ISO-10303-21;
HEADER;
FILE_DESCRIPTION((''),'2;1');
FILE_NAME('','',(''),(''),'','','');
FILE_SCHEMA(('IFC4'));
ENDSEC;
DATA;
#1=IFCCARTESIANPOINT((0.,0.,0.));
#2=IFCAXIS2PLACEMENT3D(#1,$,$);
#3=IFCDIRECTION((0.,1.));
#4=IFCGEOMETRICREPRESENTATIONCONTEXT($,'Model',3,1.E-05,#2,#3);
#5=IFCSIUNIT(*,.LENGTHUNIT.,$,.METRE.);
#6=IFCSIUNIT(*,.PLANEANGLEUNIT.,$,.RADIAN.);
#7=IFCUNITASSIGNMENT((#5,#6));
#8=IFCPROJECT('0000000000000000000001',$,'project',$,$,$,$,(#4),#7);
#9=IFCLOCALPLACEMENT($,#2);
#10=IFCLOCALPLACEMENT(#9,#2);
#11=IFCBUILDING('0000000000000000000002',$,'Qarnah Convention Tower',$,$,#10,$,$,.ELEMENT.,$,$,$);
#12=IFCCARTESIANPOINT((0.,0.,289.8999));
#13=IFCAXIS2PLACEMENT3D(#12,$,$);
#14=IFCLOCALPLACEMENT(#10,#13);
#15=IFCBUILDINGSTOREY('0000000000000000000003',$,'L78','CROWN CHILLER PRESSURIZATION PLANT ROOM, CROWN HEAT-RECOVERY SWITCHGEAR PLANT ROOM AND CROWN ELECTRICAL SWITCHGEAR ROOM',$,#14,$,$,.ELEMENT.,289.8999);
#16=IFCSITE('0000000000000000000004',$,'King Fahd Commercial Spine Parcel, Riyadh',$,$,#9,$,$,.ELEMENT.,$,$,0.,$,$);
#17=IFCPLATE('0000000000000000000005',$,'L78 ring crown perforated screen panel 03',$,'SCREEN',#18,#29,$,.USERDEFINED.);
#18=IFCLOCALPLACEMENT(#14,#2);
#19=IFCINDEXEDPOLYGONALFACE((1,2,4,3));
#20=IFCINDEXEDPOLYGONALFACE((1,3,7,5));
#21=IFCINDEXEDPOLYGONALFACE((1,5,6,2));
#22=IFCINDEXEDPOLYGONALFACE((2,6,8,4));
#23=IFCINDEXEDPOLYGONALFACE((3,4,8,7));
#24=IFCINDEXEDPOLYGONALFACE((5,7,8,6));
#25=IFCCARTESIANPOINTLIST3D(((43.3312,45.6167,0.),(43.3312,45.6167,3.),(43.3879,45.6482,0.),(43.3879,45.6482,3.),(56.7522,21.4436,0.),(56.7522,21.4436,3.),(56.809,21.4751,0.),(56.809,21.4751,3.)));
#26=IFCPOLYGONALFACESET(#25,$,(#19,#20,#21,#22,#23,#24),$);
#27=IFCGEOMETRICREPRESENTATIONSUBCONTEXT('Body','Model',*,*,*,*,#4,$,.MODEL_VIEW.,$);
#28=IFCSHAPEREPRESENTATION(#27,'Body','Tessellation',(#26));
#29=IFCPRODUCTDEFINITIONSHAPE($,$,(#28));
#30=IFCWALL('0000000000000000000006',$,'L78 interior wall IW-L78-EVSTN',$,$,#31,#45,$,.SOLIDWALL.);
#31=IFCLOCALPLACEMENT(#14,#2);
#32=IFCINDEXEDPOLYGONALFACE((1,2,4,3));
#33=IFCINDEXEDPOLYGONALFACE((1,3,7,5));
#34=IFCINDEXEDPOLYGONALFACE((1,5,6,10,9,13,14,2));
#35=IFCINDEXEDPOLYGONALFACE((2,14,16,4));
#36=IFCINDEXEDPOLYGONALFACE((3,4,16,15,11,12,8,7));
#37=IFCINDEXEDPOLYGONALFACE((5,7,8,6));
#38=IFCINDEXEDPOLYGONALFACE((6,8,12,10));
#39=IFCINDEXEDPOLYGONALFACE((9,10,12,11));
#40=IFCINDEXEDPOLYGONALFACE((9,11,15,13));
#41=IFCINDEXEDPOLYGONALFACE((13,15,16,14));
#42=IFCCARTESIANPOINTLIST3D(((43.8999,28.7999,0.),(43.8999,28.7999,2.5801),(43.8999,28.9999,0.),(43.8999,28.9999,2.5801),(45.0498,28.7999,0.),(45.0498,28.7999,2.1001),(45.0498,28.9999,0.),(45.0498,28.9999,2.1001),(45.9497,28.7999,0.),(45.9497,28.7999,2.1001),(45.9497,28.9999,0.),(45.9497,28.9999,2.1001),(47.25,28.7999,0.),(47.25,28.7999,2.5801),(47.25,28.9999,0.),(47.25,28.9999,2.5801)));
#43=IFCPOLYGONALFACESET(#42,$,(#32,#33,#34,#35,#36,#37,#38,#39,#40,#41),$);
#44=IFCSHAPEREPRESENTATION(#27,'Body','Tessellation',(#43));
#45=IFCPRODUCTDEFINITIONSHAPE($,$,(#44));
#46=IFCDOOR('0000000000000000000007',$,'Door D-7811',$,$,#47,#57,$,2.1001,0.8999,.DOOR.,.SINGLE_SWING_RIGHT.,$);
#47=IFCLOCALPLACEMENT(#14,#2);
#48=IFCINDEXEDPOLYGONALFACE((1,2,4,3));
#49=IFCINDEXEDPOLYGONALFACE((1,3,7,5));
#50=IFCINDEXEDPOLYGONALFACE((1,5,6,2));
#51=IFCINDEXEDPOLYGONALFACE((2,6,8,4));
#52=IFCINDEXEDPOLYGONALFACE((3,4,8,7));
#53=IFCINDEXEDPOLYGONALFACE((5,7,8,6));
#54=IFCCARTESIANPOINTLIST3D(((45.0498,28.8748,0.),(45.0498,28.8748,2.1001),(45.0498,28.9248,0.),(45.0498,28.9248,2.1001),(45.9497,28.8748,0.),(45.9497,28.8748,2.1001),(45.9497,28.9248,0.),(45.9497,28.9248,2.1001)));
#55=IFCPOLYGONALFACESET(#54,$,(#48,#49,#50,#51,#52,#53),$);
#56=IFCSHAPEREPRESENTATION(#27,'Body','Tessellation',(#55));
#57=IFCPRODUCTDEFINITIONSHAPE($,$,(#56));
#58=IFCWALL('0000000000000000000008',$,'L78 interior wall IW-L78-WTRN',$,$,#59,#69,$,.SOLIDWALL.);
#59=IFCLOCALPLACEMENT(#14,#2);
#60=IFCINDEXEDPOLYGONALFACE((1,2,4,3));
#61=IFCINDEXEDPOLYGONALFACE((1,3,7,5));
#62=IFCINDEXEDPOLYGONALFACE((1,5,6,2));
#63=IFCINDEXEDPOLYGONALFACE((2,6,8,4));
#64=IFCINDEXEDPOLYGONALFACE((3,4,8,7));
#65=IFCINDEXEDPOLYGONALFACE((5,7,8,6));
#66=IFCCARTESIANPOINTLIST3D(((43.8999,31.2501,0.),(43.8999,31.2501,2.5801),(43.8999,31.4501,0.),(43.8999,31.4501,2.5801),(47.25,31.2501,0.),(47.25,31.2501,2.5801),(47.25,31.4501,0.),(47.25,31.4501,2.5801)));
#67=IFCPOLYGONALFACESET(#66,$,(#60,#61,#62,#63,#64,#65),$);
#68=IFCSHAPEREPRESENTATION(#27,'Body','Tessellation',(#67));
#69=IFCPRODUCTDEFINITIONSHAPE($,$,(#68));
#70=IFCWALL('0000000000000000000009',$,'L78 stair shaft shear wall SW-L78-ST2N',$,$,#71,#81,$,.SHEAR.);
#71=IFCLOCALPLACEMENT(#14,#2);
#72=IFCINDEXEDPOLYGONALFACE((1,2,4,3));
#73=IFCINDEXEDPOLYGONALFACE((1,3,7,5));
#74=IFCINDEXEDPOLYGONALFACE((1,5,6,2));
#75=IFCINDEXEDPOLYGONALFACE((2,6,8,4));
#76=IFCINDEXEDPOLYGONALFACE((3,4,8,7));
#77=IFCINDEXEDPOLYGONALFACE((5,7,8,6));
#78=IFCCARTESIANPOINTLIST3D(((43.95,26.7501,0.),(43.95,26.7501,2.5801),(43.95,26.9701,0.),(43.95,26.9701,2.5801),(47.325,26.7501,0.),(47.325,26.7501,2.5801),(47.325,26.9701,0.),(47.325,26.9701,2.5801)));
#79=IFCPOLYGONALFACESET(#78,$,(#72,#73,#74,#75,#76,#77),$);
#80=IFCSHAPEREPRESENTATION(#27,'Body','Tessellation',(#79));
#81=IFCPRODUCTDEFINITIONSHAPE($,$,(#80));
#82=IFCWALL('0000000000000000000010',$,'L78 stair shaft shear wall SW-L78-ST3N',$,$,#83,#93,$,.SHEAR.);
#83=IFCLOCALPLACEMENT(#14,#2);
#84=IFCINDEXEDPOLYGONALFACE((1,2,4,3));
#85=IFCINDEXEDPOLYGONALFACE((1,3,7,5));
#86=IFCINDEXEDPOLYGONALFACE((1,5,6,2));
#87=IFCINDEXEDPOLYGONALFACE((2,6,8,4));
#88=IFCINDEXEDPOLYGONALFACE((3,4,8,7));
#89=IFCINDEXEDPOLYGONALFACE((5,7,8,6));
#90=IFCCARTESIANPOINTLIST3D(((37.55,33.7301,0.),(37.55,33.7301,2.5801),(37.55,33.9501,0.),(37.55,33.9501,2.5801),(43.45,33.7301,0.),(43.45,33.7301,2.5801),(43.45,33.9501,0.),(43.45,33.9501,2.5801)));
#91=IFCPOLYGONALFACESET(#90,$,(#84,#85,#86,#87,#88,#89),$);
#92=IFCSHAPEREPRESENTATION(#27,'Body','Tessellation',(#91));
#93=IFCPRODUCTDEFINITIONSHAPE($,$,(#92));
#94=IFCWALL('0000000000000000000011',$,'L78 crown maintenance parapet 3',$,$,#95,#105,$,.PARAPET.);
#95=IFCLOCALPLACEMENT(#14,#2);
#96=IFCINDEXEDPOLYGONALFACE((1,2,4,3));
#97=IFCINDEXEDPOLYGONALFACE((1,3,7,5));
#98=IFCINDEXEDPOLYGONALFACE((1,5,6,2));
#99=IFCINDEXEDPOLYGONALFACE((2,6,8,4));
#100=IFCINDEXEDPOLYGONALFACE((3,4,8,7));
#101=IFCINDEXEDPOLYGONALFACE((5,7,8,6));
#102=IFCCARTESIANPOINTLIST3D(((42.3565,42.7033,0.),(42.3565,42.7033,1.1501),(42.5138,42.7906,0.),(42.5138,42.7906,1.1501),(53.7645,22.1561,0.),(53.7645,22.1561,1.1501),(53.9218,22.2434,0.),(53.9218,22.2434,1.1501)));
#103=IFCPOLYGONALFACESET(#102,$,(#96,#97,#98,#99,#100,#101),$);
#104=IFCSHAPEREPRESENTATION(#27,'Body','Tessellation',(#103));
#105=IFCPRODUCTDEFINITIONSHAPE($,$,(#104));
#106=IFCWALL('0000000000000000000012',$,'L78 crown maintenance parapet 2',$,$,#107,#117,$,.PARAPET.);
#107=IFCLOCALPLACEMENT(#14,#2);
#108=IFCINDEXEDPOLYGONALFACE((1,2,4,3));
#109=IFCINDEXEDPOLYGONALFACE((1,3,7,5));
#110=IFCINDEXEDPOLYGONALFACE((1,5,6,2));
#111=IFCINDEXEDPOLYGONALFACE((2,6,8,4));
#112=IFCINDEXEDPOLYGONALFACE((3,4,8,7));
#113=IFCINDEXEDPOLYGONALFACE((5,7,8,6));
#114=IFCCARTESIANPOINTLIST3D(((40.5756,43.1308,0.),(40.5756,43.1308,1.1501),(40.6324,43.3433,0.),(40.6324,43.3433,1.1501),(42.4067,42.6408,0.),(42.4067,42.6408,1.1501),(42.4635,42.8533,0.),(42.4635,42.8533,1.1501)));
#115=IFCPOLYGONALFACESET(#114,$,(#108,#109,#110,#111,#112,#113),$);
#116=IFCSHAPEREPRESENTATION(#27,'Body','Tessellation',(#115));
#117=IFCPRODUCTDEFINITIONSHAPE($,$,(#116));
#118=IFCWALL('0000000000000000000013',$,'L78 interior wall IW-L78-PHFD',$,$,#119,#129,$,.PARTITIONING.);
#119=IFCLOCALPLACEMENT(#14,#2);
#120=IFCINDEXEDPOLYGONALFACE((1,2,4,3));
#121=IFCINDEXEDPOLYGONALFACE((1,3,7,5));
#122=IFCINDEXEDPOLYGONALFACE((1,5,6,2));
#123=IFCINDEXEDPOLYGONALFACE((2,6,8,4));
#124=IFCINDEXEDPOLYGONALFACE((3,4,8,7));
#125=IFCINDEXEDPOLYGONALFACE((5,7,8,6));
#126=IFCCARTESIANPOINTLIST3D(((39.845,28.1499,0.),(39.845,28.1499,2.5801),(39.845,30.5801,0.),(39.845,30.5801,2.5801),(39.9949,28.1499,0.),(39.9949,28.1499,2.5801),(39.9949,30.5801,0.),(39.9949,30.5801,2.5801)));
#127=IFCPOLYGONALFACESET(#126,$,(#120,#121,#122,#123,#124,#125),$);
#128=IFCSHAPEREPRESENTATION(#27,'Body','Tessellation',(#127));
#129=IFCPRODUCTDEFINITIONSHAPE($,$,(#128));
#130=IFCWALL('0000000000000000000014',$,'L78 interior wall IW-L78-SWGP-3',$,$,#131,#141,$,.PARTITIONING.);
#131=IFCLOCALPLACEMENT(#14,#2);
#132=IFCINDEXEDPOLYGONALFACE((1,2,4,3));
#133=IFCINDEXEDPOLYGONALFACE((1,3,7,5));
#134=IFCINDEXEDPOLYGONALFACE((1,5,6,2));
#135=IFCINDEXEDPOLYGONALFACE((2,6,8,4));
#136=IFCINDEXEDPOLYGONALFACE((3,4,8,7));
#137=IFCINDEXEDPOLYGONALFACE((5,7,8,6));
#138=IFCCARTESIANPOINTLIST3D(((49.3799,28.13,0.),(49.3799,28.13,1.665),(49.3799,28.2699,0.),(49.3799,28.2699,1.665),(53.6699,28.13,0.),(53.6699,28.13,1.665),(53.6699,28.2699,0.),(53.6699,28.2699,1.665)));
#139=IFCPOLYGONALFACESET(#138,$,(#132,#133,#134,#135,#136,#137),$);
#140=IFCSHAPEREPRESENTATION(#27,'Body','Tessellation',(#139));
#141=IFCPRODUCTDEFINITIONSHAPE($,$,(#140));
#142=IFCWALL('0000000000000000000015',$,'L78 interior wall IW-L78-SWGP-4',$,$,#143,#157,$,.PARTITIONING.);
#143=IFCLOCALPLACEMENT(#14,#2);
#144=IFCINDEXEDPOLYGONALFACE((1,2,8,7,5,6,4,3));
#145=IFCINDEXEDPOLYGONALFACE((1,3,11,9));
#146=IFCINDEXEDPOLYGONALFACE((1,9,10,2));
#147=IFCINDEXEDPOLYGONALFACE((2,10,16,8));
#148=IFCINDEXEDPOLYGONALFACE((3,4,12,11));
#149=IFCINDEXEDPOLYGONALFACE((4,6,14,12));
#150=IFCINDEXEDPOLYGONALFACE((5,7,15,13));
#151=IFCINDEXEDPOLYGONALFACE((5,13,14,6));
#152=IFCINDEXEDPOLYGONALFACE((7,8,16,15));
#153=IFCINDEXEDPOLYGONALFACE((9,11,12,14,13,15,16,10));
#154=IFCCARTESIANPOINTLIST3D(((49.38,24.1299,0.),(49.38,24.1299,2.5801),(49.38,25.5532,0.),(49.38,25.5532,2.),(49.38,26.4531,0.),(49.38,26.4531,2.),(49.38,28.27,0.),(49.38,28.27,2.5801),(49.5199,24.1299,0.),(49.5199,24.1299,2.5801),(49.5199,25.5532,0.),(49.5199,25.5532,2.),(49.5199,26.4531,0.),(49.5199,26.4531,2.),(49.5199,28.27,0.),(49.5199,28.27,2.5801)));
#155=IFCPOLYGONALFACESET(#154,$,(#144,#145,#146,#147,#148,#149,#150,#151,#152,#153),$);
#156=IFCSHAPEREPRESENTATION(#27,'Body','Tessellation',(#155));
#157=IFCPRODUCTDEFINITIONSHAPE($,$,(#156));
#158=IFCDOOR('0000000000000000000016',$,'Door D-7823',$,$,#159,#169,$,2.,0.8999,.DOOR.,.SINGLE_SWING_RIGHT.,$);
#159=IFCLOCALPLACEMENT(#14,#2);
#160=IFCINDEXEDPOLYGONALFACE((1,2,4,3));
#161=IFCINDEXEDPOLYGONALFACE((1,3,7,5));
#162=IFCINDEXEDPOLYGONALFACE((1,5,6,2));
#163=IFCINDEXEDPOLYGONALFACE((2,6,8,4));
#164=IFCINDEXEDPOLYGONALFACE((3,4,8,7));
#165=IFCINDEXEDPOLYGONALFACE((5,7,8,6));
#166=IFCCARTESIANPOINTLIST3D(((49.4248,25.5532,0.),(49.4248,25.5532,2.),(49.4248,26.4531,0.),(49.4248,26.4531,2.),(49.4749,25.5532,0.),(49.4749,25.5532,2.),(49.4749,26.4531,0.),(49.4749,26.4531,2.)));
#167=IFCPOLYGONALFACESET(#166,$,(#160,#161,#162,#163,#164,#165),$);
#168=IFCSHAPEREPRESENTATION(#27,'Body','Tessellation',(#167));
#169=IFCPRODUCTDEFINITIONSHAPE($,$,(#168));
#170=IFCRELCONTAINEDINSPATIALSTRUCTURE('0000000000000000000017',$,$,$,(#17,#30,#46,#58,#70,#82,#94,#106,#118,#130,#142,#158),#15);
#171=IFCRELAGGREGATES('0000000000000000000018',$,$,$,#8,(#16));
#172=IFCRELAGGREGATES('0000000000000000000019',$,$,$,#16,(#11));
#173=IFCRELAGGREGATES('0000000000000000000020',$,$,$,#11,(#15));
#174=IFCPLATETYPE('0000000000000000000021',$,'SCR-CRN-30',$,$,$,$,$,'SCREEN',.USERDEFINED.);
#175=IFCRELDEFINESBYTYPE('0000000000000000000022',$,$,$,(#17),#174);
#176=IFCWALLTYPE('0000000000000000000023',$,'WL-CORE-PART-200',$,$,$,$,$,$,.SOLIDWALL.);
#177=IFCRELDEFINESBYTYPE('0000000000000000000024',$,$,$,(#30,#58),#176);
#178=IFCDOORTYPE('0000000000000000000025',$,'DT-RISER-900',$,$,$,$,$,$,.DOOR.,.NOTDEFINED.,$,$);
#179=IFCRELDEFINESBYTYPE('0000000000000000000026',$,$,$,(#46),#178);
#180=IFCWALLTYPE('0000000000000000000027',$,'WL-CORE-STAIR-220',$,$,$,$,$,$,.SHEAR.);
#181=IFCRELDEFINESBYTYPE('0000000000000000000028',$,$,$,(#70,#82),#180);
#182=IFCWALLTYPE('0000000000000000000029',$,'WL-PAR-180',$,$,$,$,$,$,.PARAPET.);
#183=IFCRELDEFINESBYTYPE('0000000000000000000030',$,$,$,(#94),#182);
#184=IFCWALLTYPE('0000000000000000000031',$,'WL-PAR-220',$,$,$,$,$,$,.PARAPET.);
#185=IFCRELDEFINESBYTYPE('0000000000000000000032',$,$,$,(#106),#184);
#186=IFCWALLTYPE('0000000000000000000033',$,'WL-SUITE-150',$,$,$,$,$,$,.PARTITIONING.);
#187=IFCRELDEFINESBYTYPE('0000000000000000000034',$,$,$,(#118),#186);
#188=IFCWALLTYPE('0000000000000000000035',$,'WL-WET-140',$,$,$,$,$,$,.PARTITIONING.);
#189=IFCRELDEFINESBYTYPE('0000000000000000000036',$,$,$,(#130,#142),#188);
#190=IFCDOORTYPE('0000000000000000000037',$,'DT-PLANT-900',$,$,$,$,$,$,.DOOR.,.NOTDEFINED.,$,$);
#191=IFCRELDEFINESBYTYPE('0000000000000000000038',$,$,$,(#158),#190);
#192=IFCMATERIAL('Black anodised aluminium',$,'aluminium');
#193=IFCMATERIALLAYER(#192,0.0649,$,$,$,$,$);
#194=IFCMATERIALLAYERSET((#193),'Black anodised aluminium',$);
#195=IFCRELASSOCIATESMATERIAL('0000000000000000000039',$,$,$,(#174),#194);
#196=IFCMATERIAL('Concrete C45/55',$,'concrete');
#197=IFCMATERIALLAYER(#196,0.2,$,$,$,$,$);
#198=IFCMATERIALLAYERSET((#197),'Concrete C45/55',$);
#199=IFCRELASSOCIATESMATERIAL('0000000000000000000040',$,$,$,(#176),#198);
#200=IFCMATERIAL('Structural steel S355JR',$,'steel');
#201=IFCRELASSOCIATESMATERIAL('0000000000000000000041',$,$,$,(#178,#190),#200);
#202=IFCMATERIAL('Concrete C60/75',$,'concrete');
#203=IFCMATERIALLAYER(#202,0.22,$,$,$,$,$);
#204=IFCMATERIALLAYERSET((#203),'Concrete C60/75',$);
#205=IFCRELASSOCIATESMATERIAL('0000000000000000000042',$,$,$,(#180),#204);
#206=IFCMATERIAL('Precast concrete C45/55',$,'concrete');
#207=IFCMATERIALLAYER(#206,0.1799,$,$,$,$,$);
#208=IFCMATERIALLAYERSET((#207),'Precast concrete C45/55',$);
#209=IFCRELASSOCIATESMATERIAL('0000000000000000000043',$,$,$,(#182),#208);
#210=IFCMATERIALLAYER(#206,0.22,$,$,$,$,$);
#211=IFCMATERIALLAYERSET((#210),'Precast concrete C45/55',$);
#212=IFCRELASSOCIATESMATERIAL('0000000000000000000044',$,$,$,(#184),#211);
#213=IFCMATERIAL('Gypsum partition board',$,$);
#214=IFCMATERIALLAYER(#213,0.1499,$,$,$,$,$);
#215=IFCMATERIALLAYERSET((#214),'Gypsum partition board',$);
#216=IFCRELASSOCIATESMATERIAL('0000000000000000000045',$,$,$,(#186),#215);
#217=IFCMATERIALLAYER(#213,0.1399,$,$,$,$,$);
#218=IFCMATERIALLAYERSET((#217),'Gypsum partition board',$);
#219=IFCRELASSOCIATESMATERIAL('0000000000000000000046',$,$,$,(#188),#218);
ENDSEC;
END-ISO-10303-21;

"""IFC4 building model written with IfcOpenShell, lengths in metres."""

from ifc_helpers import new_model, si_unit, direction, frame, frame_2d, origin, origin_2d, place, context, subcontext, project, spatial, rectangle, extrude, material, layer, layer_set, type_object, element, fill, save


model = new_model("IFC4")

# Units and contexts
model_context = context("Model", 3, precision=1e-05, world=origin(), true_north=direction((0.0, 1.0)))
body_context = subcontext(model_context, "Body", "Model", "MODEL_VIEW")
ifc_project = project(units=[si_unit("LENGTHUNIT", "METRE"), si_unit("PLANEANGLEUNIT", "RADIAN")], contexts=[model_context])

# Site, building, storey
site_placement = place(None, origin())
site = spatial("IfcSite", under=ifc_project, at=site_placement, Name="King Fahd Commercial Spine Parcel, Riyadh", CompositionType="ELEMENT", RefElevation=0.0)
building_placement = place(site_placement, origin())
building = spatial("IfcBuilding", under=site, at=building_placement, Name="Qarnah Convention Tower", CompositionType="ELEMENT")
storey_placement = place(building_placement, frame((0.0, 0.0, 289.8999)))
storey = spatial("IfcBuildingStorey", under=building, at=storey_placement, Name="L78", Description="CROWN CHILLER PRESSURIZATION PLANT ROOM, CROWN HEAT-RECOVERY SWITCHGEAR PLANT ROOM AND CROWN ELECTRICAL SWITCHGEAR ROOM", CompositionType="ELEMENT", Elevation=289.8999)

# Shared definitions
ifc_material_1 = material(Name="Structural steel S355JR", Category="steel")

# Plate
ifc_material_2 = material(Name="Black anodised aluminium", Category="aluminium")
ifc_layer_1 = layer(ifc_material_2, 0.0649)
ifc_layer_set_1 = layer_set([ifc_layer_1], Name="Black anodised aluminium")
plate_type_1 = type_object("IfcPlateType", Name="SCR-CRN-30", ElementType="SCREEN", PredefinedType="USERDEFINED", material=ifc_layer_set_1)
plate_1_placement = place(storey_placement, frame((50.0701, 33.5459, 0.0), z_axis=(0.0, 0.0, 1.0), x_axis=(0.485409, -0.874287, 0.0)))
element("IfcPlate", 1, at=plate_1_placement, inside=storey, type_object=plate_type_1, Name="L78 ring crown perforated screen panel 03", ObjectType="SCREEN", PredefinedType="USERDEFINED", context=body_context, shape_type="SweptSolid", body=[
    extrude(rectangle(XDim=27.6489, YDim=0.0649, at=origin_2d()), origin(), (0.0, 0.0, 1.0), 3.0),
])

# Wall, opening, door
ifc_material_3 = material(Name="Concrete C45/55", Category="concrete")
ifc_layer_2 = layer(ifc_material_3, 0.2)
ifc_layer_set_2 = layer_set([ifc_layer_2], Name="Concrete C45/55")
wall_type_1 = type_object("IfcWallType", Name="WL-CORE-PART-200", PredefinedType="SOLIDWALL", material=ifc_layer_set_2)
wall_1_placement = place(storey_placement, frame((43.8999, 28.8999, 0.0), z_axis=(0.0, 0.0, 1.0), x_axis=(1.0, 0.0, 0.0)))
wall_1 = element("IfcWall", 2, at=wall_1_placement, inside=storey, type_object=wall_type_1, Name="L78 interior wall IW-L78-EVSTN", PredefinedType="SOLIDWALL", context=body_context, shape_type="SweptSolid", body=[
    extrude(rectangle(XDim=3.3501, YDim=0.2, at=frame_2d((1.675, 0.0))), origin(), (0.0, 0.0, 1.0), 2.5801),
])
opening_1_placement = place(wall_1_placement, frame((1.1499, 0.0, 0.0)))
opening_1 = element("IfcOpeningElement", 3, at=opening_1_placement, cuts=wall_1, PredefinedType="OPENING", context=body_context, shape_type="SweptSolid", body=[
    extrude(rectangle(XDim=0.8999, YDim=2.1001, at=frame_2d((0.45, 1.05))), frame((0.0, 0.1099, 0.0), z_axis=(0.0, -1.0, 0.0), x_axis=(1.0, 0.0, 0.0)), (0.0, 0.0, 1.0), 0.22),
])
door_type_1 = type_object("IfcDoorType", Name="DT-RISER-900", OperationType="NOTDEFINED", PredefinedType="DOOR", material=ifc_material_1)
door_1_placement = place(opening_1_placement, origin())
door_1 = element("IfcDoor", 4, at=door_1_placement, inside=storey, type_object=door_type_1, Name="Door D-7811", OperationType="SINGLE_SWING_RIGHT", OverallHeight=2.1001, OverallWidth=0.8999, PredefinedType="DOOR", context=body_context, shape_type="SweptSolid", body=[
    extrude(rectangle(XDim=0.8999, YDim=2.1001, at=frame_2d((0.45, 1.05))), frame((0.0, 0.0249, 0.0), z_axis=(0.0, -1.0, 0.0), x_axis=(1.0, 0.0, 0.0)), (0.0, 0.0, 1.0), 0.05),
])
fill(opening_1, door_1)

# Walls
wall_2_placement = place(storey_placement, frame((43.8999, 31.3501, 0.0), z_axis=(0.0, 0.0, 1.0), x_axis=(1.0, 0.0, 0.0)))
element("IfcWall", 5, at=wall_2_placement, inside=storey, type_object=wall_type_1, Name="L78 interior wall IW-L78-WTRN", PredefinedType="SOLIDWALL", context=body_context, shape_type="SweptSolid", body=[
    extrude(rectangle(XDim=3.3501, YDim=0.2, at=frame_2d((1.675, 0.0))), origin(), (0.0, 0.0, 1.0), 2.5801),
])
ifc_material_4 = material(Name="Concrete C60/75", Category="concrete")
ifc_layer_3 = layer(ifc_material_4, 0.22)
ifc_layer_set_3 = layer_set([ifc_layer_3], Name="Concrete C60/75")
wall_type_2 = type_object("IfcWallType", Name="WL-CORE-STAIR-220", PredefinedType="SHEAR", material=ifc_layer_set_3)
wall_3_placement = place(storey_placement, frame((43.95, 26.8601, 0.0), z_axis=(0.0, 0.0, 1.0), x_axis=(1.0, 0.0, 0.0)))
element("IfcWall", 6, at=wall_3_placement, inside=storey, type_object=wall_type_2, Name="L78 stair shaft shear wall SW-L78-ST2N", PredefinedType="SHEAR", context=body_context, shape_type="SweptSolid", body=[
    extrude(rectangle(XDim=3.375, YDim=0.22, at=frame_2d((1.6875, 0.0))), origin(), (0.0, 0.0, 1.0), 2.5801),
])
wall_4_placement = place(storey_placement, frame((37.55, 33.8401, 0.0), z_axis=(0.0, 0.0, 1.0), x_axis=(1.0, 0.0, 0.0)))
element("IfcWall", 7, at=wall_4_placement, inside=storey, type_object=wall_type_2, Name="L78 stair shaft shear wall SW-L78-ST3N", PredefinedType="SHEAR", context=body_context, shape_type="SweptSolid", body=[
    extrude(rectangle(XDim=5.8999, YDim=0.22, at=frame_2d((2.95, 0.0))), origin(), (0.0, 0.0, 1.0), 2.5801),
])
ifc_material_5 = material(Name="Precast concrete C45/55", Category="concrete")
ifc_layer_4 = layer(ifc_material_5, 0.1799)
ifc_layer_set_4 = layer_set([ifc_layer_4], Name="Precast concrete C45/55")
wall_type_3 = type_object("IfcWallType", Name="WL-PAR-180", PredefinedType="PARAPET", material=ifc_layer_set_4)
wall_5_placement = place(storey_placement, frame((42.4351, 42.7471, 0.0), z_axis=(0.0, 0.0, 1.0), x_axis=(0.485412, -0.874286, 0.0)))
element("IfcWall", 8, at=wall_5_placement, inside=storey, type_object=wall_type_3, Name="L78 crown maintenance parapet 3", PredefinedType="PARAPET", context=body_context, shape_type="SweptSolid", body=[
    extrude(rectangle(XDim=23.5017, YDim=0.1799, at=frame_2d((11.751, 0.0))), origin(), (0.0, 0.0, 1.0), 1.1501),
])
ifc_layer_5 = layer(ifc_material_5, 0.22)
ifc_layer_set_5 = layer_set([ifc_layer_5], Name="Precast concrete C45/55")
wall_type_4 = type_object("IfcWallType", Name="WL-PAR-220", PredefinedType="PARAPET", material=ifc_layer_set_5)
wall_6_placement = place(storey_placement, frame((40.604, 43.2371, 0.0), z_axis=(0.0, 0.0, 1.0), x_axis=(0.96601, -0.258504, 0.0)))
element("IfcWall", 9, at=wall_6_placement, inside=storey, type_object=wall_type_4, Name="L78 crown maintenance parapet 2", PredefinedType="PARAPET", context=body_context, shape_type="SweptSolid", body=[
    extrude(rectangle(XDim=1.8955, YDim=0.22, at=frame_2d((0.9478, 0.0))), origin(), (0.0, 0.0, 1.0), 1.1501),
])
ifc_material_6 = material(Name="Gypsum partition board")
ifc_layer_6 = layer(ifc_material_6, 0.1499)
ifc_layer_set_6 = layer_set([ifc_layer_6], Name="Gypsum partition board")
wall_type_5 = type_object("IfcWallType", Name="WL-SUITE-150", PredefinedType="PARTITIONING", material=ifc_layer_set_6)
wall_7_placement = place(storey_placement, frame((39.9199, 28.1499, 0.0), z_axis=(0.0, 0.0, 1.0), x_axis=(0.0, 1.0, 0.0)))
element("IfcWall", 10, at=wall_7_placement, inside=storey, type_object=wall_type_5, Name="L78 interior wall IW-L78-PHFD", PredefinedType="PARTITIONING", context=body_context, shape_type="SweptSolid", body=[
    extrude(rectangle(XDim=2.4302, YDim=0.1499, at=frame_2d((1.2151, 0.0))), origin(), (0.0, 0.0, 1.0), 2.5801),
])
ifc_layer_7 = layer(ifc_material_6, 0.1399)
ifc_layer_set_7 = layer_set([ifc_layer_7], Name="Gypsum partition board")
wall_type_6 = type_object("IfcWallType", Name="WL-WET-140", PredefinedType="PARTITIONING", material=ifc_layer_set_7)
wall_8_placement = place(storey_placement, frame((53.6699, 28.2, 0.0), z_axis=(0.0, 0.0, 1.0), x_axis=(-1.0, 0.0, 0.0)))
element("IfcWall", 11, at=wall_8_placement, inside=storey, type_object=wall_type_6, Name="L78 interior wall IW-L78-SWGP-3", PredefinedType="PARTITIONING", context=body_context, shape_type="SweptSolid", body=[
    extrude(rectangle(XDim=4.29, YDim=0.1399, at=frame_2d((2.145, 0.0))), origin(), (0.0, 0.0, 1.0), 1.665),
])

# Wall, opening, door
wall_9_placement = place(storey_placement, frame((49.45, 28.27, 0.0), z_axis=(0.0, 0.0, 1.0), x_axis=(0.0, -1.0, 0.0)))
wall_9 = element("IfcWall", 12, at=wall_9_placement, inside=storey, type_object=wall_type_6, Name="L78 interior wall IW-L78-SWGP-4", PredefinedType="PARTITIONING", context=body_context, shape_type="SweptSolid", body=[
    extrude(rectangle(XDim=4.1401, YDim=0.1399, at=frame_2d((2.0701, 0.0))), origin(), (0.0, 0.0, 1.0), 2.5801),
])
opening_2_placement = place(wall_9_placement, frame((1.8169, 0.0, 0.0)))
opening_2 = element("IfcOpeningElement", 13, at=opening_2_placement, cuts=wall_9, PredefinedType="OPENING", context=body_context, shape_type="SweptSolid", body=[
    extrude(rectangle(XDim=0.8999, YDim=2.0, at=frame_2d((0.45, 1.0))), frame((0.0, 0.0798, 0.0), z_axis=(0.0, -1.0, 0.0), x_axis=(1.0, 0.0, 0.0)), (0.0, 0.0, 1.0), 0.1599),
])
door_type_2 = type_object("IfcDoorType", Name="DT-PLANT-900", OperationType="NOTDEFINED", PredefinedType="DOOR", material=ifc_material_1)
door_2_placement = place(opening_2_placement, origin())
door_2 = element("IfcDoor", 14, at=door_2_placement, inside=storey, type_object=door_type_2, Name="Door D-7823", OperationType="SINGLE_SWING_RIGHT", OverallHeight=2.0, OverallWidth=0.8999, PredefinedType="DOOR", context=body_context, shape_type="SweptSolid", body=[
    extrude(rectangle(XDim=0.8999, YDim=2.0, at=frame_2d((0.45, 1.0))), frame((0.0, 0.0249, 0.0), z_axis=(0.0, -1.0, 0.0), x_axis=(1.0, 0.0, 0.0)), (0.0, 0.0, 1.0), 0.05),
])
fill(opening_2, door_2)

save(model, "model.ifc")
